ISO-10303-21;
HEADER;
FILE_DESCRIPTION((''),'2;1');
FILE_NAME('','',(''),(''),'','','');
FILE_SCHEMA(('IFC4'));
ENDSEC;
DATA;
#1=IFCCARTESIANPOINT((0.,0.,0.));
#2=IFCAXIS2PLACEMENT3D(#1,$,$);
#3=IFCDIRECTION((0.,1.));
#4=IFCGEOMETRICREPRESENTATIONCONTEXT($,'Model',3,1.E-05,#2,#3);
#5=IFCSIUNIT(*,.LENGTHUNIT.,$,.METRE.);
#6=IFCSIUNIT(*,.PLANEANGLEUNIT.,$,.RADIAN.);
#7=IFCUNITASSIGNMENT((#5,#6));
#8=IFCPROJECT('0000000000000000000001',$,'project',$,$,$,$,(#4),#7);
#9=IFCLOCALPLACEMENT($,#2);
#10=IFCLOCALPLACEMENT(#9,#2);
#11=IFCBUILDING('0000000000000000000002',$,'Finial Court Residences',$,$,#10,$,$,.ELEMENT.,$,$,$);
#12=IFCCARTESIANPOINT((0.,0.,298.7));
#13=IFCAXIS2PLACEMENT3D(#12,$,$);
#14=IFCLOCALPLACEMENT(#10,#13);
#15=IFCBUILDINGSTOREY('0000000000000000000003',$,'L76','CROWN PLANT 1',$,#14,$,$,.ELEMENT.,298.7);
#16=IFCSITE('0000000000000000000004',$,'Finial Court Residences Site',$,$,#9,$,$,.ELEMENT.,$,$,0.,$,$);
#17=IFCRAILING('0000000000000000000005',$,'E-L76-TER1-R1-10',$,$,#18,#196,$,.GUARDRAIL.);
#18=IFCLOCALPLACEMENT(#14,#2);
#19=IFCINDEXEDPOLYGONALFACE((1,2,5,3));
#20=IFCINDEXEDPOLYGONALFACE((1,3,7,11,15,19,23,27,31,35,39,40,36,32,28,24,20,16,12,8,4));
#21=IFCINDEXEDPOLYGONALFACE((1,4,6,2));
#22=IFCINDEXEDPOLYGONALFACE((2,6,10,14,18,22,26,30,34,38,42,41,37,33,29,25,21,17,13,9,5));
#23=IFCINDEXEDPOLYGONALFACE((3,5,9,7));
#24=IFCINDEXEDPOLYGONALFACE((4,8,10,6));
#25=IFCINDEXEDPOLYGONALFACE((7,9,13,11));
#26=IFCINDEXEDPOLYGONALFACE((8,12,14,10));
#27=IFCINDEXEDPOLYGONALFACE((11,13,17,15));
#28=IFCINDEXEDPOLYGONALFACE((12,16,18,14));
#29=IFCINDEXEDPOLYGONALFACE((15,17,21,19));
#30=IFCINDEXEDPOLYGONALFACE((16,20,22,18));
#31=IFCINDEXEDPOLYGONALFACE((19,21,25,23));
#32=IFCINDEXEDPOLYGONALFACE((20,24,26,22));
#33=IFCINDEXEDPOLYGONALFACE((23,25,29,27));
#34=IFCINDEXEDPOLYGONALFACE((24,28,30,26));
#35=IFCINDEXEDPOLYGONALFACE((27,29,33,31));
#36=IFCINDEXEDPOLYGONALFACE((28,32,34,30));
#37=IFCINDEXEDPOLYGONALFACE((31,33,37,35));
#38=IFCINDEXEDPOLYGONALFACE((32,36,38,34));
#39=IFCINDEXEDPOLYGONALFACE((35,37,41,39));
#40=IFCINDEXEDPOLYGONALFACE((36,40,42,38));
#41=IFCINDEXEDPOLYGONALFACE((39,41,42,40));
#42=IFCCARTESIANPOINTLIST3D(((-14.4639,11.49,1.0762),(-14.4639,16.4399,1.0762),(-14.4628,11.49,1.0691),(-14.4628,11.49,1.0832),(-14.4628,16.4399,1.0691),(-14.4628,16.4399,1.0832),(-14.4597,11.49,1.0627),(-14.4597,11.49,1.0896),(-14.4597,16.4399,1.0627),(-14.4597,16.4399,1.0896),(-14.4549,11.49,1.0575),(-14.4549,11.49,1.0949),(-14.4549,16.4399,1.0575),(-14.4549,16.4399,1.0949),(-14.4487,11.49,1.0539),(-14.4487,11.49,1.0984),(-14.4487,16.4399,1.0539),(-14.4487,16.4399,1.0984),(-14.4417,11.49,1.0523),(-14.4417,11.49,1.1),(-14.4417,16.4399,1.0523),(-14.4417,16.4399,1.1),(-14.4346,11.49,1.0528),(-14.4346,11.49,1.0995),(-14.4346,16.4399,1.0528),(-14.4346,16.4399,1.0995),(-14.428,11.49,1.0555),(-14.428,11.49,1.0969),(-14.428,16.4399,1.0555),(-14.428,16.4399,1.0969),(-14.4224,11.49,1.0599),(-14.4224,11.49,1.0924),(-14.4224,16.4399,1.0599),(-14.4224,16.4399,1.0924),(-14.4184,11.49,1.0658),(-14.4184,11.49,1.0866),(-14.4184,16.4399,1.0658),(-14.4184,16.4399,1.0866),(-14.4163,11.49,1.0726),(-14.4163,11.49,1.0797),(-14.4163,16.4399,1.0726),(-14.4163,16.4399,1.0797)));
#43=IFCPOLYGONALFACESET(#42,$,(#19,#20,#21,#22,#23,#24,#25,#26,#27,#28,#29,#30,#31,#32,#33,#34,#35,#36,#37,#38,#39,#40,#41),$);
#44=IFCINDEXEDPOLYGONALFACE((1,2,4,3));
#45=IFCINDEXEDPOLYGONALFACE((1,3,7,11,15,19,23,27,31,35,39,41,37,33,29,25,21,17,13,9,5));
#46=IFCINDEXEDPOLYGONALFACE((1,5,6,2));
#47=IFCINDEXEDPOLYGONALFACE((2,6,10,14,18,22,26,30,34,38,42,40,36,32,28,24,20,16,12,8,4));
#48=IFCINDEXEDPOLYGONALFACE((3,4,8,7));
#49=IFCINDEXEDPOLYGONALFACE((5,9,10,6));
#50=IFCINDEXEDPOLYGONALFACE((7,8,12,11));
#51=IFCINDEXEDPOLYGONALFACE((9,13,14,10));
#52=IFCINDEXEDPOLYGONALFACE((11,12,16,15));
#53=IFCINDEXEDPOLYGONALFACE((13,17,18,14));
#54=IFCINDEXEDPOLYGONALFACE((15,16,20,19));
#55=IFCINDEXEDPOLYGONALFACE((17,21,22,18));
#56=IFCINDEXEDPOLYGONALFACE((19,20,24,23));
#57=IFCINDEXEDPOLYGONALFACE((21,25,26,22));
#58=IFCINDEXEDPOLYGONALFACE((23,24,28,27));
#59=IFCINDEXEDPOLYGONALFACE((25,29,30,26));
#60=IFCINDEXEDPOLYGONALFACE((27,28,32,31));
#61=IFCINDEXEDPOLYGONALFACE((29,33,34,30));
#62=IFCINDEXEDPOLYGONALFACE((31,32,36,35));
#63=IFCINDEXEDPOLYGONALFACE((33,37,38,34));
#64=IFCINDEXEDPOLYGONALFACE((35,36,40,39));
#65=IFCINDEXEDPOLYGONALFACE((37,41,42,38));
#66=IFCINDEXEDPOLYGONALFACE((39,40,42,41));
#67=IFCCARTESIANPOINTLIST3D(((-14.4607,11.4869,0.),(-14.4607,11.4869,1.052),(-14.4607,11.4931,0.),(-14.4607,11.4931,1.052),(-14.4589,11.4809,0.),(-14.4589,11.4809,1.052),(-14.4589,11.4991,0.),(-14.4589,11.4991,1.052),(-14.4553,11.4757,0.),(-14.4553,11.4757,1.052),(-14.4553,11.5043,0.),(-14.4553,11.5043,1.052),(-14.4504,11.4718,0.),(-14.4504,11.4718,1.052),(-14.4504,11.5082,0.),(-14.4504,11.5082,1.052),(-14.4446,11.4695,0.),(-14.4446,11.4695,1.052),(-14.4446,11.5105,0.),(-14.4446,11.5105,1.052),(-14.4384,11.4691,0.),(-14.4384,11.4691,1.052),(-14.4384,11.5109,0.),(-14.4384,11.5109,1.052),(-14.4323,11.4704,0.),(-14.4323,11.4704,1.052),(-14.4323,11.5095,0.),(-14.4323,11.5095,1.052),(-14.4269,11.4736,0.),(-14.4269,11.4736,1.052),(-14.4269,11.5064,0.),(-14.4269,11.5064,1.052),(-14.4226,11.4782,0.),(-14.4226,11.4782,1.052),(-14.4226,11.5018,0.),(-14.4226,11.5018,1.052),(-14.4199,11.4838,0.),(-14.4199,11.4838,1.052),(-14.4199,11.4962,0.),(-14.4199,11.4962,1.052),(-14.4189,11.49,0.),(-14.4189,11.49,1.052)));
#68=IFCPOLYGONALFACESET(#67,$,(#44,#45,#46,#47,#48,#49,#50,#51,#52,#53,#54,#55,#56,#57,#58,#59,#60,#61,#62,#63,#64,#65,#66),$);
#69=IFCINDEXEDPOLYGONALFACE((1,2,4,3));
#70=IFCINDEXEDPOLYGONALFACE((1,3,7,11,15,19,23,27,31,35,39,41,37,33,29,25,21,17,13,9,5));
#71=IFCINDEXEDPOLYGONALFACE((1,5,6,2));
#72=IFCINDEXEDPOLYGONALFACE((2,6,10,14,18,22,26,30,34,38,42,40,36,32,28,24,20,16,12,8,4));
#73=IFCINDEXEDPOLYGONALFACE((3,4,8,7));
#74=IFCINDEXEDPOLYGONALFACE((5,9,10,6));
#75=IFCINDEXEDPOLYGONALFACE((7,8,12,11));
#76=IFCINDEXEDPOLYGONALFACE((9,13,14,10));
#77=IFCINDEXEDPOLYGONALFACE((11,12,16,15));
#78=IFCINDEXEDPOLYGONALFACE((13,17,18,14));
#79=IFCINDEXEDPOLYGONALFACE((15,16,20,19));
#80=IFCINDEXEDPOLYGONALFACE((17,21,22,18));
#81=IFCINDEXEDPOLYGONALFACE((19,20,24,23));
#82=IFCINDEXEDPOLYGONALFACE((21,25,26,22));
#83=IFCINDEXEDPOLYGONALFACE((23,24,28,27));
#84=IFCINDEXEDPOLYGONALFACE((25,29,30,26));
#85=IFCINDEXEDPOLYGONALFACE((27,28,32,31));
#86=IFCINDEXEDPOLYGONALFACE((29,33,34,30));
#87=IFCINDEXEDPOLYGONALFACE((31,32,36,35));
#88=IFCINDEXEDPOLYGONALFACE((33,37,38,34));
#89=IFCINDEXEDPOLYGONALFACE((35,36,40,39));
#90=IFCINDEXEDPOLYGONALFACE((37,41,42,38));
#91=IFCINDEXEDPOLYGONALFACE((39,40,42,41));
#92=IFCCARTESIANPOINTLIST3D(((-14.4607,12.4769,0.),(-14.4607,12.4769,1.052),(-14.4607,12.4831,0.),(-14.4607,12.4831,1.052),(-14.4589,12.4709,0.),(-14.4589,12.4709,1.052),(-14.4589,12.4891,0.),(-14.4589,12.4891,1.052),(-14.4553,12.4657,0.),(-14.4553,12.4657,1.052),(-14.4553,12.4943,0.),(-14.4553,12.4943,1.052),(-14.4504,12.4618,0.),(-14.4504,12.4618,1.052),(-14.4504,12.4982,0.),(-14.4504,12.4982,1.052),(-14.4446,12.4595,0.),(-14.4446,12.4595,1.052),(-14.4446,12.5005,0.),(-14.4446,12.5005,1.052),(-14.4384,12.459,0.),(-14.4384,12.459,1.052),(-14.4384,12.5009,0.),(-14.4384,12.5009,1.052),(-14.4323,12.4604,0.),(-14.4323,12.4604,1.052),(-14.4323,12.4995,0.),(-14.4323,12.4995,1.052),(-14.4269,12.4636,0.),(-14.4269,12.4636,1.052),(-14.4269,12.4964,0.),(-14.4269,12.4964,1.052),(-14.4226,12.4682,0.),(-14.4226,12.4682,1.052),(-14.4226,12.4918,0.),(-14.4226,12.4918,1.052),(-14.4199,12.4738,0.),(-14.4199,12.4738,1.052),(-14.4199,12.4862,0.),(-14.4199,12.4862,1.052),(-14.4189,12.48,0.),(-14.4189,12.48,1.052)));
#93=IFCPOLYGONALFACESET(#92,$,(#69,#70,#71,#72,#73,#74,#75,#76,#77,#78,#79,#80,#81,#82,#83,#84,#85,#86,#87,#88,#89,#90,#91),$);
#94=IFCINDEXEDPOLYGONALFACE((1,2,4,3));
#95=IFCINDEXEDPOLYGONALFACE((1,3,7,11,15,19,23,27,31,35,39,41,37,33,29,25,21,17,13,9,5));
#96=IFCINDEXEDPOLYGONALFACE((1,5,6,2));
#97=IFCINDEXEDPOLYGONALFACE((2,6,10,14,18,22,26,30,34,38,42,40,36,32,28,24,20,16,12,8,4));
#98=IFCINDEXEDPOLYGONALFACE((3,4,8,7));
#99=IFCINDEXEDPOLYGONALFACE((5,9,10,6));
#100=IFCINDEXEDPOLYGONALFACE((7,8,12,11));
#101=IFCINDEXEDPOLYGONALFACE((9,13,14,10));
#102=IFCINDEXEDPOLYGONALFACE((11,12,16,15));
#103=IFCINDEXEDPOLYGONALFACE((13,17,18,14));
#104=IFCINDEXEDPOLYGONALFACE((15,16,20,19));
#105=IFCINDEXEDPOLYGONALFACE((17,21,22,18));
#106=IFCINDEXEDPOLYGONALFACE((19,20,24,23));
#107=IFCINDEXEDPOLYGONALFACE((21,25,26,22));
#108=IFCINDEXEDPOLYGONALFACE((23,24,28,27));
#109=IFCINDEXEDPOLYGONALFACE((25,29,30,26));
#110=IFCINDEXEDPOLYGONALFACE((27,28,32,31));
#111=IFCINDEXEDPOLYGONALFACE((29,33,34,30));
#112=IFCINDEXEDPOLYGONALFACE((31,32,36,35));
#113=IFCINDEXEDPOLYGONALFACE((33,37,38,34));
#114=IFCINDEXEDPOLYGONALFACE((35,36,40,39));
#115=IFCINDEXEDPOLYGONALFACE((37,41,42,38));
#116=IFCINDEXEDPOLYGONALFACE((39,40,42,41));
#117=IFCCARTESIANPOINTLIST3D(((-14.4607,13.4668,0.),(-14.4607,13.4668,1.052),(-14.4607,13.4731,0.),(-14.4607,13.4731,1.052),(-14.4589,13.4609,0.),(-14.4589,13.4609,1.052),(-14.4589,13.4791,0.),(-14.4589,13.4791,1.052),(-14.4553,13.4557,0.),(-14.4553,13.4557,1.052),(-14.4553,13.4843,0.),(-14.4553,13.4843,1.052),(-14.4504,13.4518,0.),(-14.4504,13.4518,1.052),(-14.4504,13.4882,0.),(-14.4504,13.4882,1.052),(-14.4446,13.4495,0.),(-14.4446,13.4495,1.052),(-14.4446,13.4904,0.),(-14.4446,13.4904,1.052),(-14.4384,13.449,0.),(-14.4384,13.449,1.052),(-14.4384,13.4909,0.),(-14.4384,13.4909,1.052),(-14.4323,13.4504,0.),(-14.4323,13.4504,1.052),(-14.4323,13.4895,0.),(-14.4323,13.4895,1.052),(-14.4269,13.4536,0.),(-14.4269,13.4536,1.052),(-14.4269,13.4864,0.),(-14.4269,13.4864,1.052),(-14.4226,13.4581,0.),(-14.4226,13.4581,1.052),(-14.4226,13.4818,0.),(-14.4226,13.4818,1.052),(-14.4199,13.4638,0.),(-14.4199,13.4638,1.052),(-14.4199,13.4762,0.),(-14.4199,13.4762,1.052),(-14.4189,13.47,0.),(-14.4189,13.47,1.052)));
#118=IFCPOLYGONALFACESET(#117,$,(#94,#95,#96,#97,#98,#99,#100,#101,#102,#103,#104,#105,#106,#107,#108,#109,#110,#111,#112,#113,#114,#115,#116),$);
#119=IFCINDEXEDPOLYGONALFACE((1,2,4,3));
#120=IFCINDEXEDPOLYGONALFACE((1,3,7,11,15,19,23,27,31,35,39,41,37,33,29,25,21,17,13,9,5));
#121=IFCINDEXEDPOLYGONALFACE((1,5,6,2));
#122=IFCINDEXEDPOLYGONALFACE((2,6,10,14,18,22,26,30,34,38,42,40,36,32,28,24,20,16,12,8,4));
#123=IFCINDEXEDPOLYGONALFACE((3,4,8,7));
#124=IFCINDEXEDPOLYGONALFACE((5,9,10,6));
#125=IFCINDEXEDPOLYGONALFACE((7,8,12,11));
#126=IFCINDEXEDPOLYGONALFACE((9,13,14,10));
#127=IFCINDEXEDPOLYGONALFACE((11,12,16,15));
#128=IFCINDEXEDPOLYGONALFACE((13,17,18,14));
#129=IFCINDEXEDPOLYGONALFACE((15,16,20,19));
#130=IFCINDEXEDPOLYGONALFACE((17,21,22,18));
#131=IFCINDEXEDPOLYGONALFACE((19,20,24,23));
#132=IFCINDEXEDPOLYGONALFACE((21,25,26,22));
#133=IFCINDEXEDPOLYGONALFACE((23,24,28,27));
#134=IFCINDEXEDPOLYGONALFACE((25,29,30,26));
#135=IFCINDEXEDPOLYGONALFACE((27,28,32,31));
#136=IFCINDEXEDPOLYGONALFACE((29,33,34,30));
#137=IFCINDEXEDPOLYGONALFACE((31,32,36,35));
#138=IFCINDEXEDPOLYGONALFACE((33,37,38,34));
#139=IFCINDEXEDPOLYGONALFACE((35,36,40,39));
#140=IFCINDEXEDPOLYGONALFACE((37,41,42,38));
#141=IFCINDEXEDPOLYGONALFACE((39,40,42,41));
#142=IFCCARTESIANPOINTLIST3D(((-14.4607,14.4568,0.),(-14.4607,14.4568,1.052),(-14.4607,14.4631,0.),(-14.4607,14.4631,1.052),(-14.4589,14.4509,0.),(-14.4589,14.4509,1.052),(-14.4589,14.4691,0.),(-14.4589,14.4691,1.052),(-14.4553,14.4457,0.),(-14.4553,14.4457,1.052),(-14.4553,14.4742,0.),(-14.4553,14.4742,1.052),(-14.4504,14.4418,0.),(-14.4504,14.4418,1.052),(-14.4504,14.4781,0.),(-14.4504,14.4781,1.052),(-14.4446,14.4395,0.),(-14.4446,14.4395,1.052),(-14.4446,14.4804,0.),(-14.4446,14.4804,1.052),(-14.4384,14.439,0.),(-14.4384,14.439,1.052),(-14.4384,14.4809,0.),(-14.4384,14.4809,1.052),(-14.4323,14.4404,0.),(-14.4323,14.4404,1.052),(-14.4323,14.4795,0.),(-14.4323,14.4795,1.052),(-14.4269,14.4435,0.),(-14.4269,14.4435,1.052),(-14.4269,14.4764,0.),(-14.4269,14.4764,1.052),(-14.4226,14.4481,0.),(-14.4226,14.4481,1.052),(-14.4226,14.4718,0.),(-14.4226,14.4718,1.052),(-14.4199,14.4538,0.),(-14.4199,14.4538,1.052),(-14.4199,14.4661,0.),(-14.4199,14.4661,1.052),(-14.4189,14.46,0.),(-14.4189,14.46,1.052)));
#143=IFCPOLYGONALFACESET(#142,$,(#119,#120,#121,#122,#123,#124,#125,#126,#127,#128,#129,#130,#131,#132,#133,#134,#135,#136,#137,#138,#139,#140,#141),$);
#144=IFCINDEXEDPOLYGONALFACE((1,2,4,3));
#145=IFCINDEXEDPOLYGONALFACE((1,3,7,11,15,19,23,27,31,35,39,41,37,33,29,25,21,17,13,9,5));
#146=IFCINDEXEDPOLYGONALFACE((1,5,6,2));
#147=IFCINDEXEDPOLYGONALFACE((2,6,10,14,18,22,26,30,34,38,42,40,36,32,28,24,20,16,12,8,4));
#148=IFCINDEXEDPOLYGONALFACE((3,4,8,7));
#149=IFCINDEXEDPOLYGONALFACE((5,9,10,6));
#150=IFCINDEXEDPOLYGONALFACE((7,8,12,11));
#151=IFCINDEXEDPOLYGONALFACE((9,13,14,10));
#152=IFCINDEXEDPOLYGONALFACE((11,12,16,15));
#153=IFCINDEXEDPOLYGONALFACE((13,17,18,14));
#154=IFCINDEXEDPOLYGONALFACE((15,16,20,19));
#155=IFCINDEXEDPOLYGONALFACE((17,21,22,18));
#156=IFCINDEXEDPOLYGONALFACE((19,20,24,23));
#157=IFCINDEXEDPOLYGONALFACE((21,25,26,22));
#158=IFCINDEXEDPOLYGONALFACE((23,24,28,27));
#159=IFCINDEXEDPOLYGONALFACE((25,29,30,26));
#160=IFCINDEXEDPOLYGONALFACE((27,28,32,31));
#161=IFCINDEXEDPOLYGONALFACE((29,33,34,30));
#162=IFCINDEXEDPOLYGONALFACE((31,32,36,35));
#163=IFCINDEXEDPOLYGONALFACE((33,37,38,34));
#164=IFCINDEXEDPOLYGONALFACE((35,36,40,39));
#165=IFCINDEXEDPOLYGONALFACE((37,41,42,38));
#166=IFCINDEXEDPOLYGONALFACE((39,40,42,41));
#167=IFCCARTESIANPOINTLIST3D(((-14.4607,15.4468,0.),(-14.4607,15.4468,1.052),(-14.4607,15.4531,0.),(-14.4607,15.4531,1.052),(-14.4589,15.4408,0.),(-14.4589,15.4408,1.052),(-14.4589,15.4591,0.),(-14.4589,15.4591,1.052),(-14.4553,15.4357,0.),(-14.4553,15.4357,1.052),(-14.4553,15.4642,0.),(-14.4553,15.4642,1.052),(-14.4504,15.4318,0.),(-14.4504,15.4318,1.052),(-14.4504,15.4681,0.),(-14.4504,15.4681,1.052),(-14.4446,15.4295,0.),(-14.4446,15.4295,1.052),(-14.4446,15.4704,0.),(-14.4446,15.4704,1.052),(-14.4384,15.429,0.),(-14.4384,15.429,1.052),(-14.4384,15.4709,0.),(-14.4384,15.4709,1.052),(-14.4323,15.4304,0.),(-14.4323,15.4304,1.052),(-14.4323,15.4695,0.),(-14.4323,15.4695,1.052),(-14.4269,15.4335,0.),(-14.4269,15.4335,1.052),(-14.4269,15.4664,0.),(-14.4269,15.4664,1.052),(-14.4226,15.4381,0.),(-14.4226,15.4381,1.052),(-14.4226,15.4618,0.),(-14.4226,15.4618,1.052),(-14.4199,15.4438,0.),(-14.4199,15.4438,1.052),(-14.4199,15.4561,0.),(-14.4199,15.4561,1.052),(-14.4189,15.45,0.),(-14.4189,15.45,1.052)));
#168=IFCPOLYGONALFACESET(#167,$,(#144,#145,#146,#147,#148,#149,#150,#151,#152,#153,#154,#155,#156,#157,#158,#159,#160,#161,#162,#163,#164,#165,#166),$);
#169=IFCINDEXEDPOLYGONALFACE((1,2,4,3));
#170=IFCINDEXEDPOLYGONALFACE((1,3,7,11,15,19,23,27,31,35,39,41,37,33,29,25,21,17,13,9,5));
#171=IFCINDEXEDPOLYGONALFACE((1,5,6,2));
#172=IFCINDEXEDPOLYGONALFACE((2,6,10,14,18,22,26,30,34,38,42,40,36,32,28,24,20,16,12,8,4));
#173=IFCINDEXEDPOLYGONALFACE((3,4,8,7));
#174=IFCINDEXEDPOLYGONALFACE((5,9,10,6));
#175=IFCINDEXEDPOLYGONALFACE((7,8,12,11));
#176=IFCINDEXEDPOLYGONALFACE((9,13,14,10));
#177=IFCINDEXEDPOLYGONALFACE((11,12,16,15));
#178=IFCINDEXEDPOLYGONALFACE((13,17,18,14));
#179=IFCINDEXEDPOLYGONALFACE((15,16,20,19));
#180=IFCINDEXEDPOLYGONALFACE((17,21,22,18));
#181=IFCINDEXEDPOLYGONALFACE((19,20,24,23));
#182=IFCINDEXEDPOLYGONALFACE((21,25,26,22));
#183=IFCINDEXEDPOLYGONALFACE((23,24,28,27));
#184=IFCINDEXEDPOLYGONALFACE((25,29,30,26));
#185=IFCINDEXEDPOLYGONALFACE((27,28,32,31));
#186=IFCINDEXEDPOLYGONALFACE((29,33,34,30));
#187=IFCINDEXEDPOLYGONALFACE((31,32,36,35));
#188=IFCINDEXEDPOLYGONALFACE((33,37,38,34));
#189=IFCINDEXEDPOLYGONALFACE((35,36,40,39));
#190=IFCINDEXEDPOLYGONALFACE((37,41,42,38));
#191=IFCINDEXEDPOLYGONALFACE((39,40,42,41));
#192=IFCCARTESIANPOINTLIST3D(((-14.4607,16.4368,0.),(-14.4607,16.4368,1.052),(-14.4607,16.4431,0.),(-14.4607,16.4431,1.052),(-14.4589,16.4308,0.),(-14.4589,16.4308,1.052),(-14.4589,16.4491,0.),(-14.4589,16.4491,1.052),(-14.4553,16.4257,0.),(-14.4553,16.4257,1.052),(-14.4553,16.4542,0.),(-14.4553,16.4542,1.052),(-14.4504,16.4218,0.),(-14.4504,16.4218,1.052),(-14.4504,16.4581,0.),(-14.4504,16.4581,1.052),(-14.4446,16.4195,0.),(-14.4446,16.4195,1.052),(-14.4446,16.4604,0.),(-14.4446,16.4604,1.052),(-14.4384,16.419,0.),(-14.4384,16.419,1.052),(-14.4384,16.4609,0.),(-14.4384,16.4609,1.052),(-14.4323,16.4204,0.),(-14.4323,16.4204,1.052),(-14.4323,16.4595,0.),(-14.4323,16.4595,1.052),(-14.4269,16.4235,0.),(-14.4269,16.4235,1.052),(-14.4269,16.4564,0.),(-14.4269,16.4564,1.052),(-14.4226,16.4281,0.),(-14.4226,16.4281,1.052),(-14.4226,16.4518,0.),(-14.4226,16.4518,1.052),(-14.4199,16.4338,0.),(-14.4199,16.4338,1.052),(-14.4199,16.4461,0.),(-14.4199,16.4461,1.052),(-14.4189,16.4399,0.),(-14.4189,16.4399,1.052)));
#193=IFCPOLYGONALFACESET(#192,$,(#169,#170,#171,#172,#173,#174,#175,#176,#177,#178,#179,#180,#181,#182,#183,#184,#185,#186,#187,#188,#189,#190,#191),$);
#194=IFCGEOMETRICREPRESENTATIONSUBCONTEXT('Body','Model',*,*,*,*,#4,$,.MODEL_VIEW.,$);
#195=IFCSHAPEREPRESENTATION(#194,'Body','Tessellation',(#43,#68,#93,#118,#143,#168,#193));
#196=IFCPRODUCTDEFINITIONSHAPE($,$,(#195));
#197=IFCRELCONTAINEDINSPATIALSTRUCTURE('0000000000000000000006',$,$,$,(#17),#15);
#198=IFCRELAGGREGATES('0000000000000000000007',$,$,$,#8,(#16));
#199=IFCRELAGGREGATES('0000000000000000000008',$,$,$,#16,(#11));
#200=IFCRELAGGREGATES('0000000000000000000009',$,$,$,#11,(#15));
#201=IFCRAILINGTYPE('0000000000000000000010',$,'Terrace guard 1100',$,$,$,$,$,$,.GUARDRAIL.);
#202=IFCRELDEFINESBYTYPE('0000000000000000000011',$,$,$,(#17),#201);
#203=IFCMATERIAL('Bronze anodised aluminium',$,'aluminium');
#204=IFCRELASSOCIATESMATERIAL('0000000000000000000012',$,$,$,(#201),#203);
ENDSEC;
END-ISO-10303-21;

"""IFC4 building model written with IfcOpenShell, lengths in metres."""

from ifc_helpers import new_model, si_unit, direction, frame, origin, origin_2d, place, context, subcontext, project, spatial, circle, extrude, material, type_object, element, save


model = new_model("IFC4")

# Units and contexts
model_context = context("Model", 3, precision=1e-05, world=origin(), true_north=direction((0.0, 1.0)))
body_context = subcontext(model_context, "Body", "Model", "MODEL_VIEW")
ifc_project = project(units=[si_unit("LENGTHUNIT", "METRE"), si_unit("PLANEANGLEUNIT", "RADIAN")], contexts=[model_context])

# Site, building, storey
site_placement = place(None, origin())
site = spatial("IfcSite", under=ifc_project, at=site_placement, Name="Finial Court Residences Site", CompositionType="ELEMENT", RefElevation=0.0)
building_placement = place(site_placement, origin())
building = spatial("IfcBuilding", under=site, at=building_placement, Name="Finial Court Residences", CompositionType="ELEMENT")
storey_placement = place(building_placement, frame((0.0, 0.0, 298.7)))
storey = spatial("IfcBuildingStorey", under=building, at=storey_placement, Name="L76", Description="CROWN PLANT 1", CompositionType="ELEMENT", Elevation=298.7)

# Shared definitions
ifc_material_1 = material(Name="Bronze anodised aluminium", Category="aluminium")

# Railing
railing_type = type_object("IfcRailingType", Name="Terrace guard 1100", PredefinedType="GUARDRAIL", material=ifc_material_1)
railing_1_placement = place(storey_placement, frame((-14.4399, 11.49, 0.0)))
element("IfcRailing", 1, at=railing_1_placement, inside=storey, type_object=railing_type, Name="E-L76-TER1-R1-10", PredefinedType="GUARDRAIL", context=body_context, shape_type="SweptSolid", body=[
    extrude(circle(Radius=0.0239, at=origin_2d()), frame((0.0, 0.0, 1.0762), z_axis=(0.0, 1.0, 0.0), x_axis=(-1.0, 0.0, 0.0)), (0.0, 0.0, 1.0), 4.95),
    extrude(circle(Radius=0.021, at=origin_2d()), origin(), (0.0, 0.0, 1.0), 1.052),
    extrude(circle(Radius=0.021, at=origin_2d()), frame((0.0, 0.99, 0.0)), (0.0, 0.0, 1.0), 1.052),
    extrude(circle(Radius=0.021, at=origin_2d()), frame((0.0, 1.98, 0.0)), (0.0, 0.0, 1.0), 1.052),
    extrude(circle(Radius=0.021, at=origin_2d()), frame((0.0, 2.97, 0.0)), (0.0, 0.0, 1.0), 1.052),
    extrude(circle(Radius=0.021, at=origin_2d()), frame((0.0, 3.96, 0.0)), (0.0, 0.0, 1.0), 1.052),
    extrude(circle(Radius=0.021, at=origin_2d()), frame((0.0, 4.95, 0.0)), (0.0, 0.0, 1.0), 1.052),
])

save(model, "model.ifc")
